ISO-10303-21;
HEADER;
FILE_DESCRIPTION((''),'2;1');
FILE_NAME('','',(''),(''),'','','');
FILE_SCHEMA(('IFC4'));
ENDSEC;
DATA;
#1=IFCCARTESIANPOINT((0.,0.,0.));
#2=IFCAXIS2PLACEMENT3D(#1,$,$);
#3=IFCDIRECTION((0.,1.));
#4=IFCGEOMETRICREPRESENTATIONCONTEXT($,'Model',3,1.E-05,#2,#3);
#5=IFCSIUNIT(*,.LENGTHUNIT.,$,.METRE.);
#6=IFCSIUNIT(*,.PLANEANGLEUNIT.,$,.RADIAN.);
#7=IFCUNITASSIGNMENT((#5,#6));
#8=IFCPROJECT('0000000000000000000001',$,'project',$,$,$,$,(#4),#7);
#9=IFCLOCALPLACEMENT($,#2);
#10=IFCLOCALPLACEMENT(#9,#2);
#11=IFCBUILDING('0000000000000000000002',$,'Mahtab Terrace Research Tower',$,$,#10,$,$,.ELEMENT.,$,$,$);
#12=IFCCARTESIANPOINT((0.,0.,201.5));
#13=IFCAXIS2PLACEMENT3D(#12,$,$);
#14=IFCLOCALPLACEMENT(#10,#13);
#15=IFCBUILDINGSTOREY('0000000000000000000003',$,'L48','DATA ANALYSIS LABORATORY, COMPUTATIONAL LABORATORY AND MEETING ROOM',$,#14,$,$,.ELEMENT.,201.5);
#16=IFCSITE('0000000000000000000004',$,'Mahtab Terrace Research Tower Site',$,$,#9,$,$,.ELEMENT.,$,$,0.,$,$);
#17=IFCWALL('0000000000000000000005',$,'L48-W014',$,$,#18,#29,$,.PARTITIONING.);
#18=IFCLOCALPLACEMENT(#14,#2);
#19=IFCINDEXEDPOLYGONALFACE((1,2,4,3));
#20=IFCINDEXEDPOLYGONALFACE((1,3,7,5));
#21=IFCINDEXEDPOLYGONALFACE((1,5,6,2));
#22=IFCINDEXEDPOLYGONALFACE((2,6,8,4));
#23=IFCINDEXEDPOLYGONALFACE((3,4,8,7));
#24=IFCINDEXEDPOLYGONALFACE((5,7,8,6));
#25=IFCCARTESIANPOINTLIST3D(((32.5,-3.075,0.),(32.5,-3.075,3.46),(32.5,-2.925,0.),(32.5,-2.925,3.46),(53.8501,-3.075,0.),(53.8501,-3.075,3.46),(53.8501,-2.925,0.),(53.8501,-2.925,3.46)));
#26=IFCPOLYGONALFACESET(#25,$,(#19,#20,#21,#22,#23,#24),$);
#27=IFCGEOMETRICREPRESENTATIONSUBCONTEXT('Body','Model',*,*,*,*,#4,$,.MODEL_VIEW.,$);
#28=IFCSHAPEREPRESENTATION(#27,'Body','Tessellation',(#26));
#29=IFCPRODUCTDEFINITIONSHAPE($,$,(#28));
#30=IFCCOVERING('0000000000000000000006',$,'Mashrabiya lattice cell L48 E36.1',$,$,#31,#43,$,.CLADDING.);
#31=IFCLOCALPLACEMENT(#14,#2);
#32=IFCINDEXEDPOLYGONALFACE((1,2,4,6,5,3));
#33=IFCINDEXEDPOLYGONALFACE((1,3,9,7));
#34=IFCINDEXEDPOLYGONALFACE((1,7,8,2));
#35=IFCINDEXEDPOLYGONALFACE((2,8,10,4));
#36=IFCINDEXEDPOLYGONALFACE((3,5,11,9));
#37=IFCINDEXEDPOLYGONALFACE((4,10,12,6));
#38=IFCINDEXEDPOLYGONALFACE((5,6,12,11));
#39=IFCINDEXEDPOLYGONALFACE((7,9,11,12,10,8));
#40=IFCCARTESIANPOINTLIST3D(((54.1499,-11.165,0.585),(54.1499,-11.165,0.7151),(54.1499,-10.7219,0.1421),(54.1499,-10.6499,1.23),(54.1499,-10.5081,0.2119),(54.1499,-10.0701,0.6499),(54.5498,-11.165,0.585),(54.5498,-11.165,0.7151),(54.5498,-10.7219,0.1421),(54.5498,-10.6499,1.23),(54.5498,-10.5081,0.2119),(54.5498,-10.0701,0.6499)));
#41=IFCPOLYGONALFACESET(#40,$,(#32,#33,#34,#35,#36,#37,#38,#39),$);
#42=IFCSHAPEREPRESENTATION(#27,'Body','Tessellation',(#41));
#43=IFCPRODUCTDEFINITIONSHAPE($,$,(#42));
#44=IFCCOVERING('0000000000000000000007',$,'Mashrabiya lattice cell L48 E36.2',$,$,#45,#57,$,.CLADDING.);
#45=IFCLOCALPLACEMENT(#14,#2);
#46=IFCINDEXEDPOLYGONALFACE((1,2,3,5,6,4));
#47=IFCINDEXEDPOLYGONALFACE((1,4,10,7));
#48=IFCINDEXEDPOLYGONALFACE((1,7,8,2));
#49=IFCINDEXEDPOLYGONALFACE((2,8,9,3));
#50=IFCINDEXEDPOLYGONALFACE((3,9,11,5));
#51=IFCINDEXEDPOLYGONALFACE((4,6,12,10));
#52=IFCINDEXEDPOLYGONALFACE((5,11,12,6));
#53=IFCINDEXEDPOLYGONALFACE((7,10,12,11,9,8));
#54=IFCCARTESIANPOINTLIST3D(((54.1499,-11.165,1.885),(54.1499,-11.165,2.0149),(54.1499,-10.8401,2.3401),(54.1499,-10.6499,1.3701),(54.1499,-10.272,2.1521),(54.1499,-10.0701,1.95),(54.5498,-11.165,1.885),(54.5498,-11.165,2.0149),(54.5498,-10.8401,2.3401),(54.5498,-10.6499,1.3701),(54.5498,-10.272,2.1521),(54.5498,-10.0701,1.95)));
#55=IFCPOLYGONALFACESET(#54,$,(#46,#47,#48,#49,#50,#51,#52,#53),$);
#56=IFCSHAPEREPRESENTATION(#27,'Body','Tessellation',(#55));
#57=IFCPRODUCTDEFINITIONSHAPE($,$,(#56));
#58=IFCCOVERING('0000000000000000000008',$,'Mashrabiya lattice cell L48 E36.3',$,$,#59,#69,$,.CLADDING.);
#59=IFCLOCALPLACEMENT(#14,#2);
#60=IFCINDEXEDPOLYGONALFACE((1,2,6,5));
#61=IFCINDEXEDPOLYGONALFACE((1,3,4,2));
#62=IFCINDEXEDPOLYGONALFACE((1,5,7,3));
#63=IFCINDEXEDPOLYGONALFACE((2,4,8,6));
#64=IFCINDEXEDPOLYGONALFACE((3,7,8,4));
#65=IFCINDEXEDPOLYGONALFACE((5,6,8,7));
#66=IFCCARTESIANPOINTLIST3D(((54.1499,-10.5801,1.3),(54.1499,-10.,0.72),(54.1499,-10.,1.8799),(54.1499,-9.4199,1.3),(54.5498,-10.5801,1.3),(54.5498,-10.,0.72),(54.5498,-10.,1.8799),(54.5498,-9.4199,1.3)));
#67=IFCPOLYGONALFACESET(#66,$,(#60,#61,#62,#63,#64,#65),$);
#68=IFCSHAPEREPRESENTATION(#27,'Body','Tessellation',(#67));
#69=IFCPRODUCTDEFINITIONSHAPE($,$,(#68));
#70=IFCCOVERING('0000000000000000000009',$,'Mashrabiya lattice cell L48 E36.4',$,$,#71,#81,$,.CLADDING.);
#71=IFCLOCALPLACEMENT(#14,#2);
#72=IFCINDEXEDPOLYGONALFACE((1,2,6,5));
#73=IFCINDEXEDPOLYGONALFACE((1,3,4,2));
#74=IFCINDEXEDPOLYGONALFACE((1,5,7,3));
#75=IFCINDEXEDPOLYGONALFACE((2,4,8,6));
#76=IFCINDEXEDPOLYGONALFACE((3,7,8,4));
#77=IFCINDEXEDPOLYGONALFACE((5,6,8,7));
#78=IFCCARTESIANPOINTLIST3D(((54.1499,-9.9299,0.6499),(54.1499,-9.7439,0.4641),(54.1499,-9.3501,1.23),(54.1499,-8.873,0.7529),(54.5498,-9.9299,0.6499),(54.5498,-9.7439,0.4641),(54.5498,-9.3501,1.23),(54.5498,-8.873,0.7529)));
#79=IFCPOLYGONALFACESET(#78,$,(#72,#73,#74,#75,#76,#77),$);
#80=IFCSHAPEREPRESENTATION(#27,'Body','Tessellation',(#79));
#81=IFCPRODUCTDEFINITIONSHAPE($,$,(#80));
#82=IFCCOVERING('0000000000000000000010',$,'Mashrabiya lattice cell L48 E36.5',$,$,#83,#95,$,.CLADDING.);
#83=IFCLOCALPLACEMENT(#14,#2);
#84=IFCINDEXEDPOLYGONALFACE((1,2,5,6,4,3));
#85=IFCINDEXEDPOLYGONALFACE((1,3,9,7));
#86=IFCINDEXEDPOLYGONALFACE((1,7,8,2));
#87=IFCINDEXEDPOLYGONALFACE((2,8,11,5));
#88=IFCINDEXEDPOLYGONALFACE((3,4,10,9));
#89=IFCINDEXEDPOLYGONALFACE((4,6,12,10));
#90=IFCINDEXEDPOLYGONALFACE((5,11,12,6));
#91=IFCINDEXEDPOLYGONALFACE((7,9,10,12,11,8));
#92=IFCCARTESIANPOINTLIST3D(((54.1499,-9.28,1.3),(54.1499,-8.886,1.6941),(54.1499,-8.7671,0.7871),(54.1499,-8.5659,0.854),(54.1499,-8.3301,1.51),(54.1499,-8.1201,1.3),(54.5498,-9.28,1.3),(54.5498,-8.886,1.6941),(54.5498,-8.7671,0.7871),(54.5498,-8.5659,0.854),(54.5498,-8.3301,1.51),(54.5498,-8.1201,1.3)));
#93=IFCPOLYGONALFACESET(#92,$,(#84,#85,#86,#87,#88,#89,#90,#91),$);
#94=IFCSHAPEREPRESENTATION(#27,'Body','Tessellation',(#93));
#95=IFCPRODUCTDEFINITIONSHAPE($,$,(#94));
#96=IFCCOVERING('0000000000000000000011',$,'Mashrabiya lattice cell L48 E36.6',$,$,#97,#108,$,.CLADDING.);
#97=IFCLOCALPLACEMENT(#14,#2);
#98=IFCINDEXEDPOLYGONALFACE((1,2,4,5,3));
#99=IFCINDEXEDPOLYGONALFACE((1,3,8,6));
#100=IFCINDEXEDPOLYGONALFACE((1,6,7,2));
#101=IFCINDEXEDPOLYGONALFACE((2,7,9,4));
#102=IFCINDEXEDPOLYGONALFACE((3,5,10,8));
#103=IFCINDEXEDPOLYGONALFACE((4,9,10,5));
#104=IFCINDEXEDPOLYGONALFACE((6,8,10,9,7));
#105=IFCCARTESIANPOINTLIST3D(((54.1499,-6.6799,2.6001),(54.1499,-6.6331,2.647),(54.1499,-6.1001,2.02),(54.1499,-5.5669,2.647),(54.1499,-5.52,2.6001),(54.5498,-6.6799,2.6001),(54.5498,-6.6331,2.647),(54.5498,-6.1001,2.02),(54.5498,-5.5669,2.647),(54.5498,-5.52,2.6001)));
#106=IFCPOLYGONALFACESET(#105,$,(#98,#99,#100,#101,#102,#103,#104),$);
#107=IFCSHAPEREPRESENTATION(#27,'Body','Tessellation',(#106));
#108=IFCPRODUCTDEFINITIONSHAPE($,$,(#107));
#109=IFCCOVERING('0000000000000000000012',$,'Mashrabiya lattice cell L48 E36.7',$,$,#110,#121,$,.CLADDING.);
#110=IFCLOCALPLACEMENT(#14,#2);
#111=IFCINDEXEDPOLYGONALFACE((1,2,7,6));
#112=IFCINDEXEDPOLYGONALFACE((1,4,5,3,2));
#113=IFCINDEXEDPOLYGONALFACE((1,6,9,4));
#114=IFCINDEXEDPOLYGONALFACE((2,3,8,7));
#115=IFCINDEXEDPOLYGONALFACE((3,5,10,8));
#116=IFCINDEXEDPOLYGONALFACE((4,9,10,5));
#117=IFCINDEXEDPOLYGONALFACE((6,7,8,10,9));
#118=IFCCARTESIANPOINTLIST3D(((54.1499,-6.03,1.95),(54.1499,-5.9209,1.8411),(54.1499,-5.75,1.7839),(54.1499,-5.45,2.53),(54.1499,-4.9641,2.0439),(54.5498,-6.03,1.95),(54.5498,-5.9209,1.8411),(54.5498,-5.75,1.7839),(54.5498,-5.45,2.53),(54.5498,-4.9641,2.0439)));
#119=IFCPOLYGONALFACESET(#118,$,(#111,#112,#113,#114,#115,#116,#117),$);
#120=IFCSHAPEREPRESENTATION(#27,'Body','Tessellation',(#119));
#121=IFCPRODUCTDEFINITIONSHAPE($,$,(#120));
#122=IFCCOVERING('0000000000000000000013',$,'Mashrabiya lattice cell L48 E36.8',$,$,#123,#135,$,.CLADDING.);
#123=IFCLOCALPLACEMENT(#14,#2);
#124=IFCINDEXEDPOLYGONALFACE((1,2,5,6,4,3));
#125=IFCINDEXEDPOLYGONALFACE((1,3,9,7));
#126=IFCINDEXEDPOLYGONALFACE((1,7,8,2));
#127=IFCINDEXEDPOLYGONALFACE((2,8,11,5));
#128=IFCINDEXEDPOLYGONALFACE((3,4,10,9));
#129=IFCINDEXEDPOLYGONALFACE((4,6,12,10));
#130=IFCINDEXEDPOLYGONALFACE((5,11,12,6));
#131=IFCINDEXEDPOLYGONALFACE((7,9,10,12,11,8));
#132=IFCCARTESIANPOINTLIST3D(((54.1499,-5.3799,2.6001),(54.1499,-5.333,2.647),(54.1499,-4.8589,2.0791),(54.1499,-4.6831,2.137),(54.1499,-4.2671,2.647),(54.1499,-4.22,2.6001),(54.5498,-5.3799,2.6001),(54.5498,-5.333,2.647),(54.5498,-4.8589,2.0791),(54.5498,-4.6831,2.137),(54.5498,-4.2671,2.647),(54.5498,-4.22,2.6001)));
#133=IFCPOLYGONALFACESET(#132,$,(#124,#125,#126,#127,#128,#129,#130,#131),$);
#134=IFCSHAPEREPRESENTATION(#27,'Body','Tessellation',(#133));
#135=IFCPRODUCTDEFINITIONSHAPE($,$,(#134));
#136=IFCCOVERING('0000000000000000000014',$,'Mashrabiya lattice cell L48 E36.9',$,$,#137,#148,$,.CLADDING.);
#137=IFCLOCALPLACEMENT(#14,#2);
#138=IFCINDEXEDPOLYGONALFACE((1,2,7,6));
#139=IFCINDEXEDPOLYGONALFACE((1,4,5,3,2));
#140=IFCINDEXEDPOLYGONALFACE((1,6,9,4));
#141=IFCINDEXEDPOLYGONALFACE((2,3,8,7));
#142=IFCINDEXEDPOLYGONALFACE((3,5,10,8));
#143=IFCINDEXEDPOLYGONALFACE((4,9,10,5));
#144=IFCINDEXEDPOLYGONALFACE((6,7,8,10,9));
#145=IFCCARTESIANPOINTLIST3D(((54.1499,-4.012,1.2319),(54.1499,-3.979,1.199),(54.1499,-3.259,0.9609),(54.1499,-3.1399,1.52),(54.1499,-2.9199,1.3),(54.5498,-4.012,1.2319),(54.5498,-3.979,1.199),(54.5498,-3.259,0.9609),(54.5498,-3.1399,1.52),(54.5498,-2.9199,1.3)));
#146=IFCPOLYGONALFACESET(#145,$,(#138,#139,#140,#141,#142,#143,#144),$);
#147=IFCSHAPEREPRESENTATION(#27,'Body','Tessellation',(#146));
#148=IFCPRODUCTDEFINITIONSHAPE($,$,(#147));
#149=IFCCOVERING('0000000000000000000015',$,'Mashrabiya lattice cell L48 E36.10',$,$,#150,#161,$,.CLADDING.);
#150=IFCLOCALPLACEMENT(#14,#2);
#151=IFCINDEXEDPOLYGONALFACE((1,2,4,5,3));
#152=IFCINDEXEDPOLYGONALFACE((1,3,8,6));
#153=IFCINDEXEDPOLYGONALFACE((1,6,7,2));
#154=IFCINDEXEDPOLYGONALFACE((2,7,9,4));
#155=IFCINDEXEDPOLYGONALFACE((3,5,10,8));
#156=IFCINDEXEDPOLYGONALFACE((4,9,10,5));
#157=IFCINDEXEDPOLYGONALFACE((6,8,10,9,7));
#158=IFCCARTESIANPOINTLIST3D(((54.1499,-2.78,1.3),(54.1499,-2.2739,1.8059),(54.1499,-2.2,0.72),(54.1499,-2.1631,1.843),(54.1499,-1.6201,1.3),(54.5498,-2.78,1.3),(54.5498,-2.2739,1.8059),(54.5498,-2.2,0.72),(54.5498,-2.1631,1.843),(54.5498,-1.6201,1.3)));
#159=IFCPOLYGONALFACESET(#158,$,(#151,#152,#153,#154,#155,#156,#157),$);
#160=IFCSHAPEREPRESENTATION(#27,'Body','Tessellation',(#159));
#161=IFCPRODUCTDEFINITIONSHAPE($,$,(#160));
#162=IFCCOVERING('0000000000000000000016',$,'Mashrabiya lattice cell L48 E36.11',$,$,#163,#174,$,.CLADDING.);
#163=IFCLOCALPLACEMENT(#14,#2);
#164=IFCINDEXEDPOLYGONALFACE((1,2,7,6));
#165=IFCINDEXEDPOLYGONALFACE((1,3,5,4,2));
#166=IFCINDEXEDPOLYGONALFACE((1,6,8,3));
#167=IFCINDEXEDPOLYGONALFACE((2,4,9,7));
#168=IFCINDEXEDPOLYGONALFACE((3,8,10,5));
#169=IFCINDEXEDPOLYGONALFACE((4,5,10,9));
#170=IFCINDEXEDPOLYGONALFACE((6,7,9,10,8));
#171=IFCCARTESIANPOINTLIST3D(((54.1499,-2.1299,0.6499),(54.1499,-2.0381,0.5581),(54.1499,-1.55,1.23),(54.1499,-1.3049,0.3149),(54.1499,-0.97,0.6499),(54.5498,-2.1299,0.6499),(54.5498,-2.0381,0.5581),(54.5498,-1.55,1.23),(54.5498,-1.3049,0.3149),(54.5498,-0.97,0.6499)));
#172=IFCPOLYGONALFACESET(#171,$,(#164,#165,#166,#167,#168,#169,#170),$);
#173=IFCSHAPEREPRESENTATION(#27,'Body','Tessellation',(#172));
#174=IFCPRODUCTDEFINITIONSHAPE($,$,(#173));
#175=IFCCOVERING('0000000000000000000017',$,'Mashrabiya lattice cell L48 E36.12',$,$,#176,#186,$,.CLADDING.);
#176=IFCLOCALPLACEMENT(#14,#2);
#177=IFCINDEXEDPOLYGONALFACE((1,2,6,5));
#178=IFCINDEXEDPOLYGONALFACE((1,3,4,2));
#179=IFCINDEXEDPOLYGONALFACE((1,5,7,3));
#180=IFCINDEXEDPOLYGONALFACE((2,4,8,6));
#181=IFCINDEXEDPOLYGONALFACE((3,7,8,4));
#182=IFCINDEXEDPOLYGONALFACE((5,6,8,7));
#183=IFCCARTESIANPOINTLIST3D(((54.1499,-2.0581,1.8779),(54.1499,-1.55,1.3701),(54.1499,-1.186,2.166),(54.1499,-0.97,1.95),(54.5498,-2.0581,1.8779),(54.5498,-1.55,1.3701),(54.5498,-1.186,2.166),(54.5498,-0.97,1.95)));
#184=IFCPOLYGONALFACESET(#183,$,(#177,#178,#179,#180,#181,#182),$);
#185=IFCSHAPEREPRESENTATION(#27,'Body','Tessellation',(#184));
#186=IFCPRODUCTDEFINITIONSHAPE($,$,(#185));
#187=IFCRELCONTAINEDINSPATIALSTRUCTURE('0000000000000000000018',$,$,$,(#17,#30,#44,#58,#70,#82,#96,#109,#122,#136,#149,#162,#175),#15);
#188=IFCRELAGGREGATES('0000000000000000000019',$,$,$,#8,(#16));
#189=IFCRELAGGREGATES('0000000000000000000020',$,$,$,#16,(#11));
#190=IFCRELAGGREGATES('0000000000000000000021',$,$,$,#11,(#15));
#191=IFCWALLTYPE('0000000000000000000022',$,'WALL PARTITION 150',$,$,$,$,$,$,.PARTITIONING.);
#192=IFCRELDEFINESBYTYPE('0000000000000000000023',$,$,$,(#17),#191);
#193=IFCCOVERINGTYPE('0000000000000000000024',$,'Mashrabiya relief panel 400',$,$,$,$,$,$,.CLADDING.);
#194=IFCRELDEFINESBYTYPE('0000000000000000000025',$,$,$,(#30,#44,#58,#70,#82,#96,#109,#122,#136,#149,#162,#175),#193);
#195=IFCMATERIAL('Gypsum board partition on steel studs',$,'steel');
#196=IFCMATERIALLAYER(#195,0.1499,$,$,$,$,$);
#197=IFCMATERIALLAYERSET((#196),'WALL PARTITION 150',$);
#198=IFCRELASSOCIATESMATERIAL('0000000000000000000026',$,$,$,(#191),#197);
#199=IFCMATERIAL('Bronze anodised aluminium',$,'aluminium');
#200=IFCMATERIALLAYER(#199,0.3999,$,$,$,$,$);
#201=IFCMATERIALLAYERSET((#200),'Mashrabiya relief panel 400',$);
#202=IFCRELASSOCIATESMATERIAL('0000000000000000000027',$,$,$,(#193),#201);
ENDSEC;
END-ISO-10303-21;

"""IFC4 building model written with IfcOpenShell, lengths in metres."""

from ifc_helpers import new_model, si_unit, direction, frame, frame_2d, origin, place, context, subcontext, project, spatial, polyline, rectangle, outline, extrude, material, layer, layer_set, type_object, element, save


model = new_model("IFC4")

# Units and contexts
model_context = context("Model", 3, precision=1e-05, world=origin(), true_north=direction((0.0, 1.0)))
body_context = subcontext(model_context, "Body", "Model", "MODEL_VIEW")
ifc_project = project(units=[si_unit("LENGTHUNIT", "METRE"), si_unit("PLANEANGLEUNIT", "RADIAN")], contexts=[model_context])

# Site, building, storey
site_placement = place(None, origin())
site = spatial("IfcSite", under=ifc_project, at=site_placement, Name="Mahtab Terrace Research Tower Site", CompositionType="ELEMENT", RefElevation=0.0)
building_placement = place(site_placement, origin())
building = spatial("IfcBuilding", under=site, at=building_placement, Name="Mahtab Terrace Research Tower", CompositionType="ELEMENT")
storey_placement = place(building_placement, frame((0.0, 0.0, 201.5)))
storey = spatial("IfcBuildingStorey", under=building, at=storey_placement, Name="L48", Description="DATA ANALYSIS LABORATORY, COMPUTATIONAL LABORATORY AND MEETING ROOM", CompositionType="ELEMENT", Elevation=201.5)

# Wall
ifc_material_1 = material(Name="Gypsum board partition on steel studs", Category="steel")
ifc_layer_1 = layer(ifc_material_1, 0.1499)
ifc_layer_set_1 = layer_set([ifc_layer_1], Name="WALL PARTITION 150")
wall_type_1 = type_object("IfcWallType", Name="WALL PARTITION 150", PredefinedType="PARTITIONING", material=ifc_layer_set_1)
wall_1_placement = place(storey_placement, frame((32.5, -3.0, 0.0), z_axis=(0.0, 0.0, 1.0), x_axis=(1.0, 0.0, 0.0)))
element("IfcWall", 1, at=wall_1_placement, inside=storey, type_object=wall_type_1, Name="L48-W014", PredefinedType="PARTITIONING", context=body_context, shape_type="SweptSolid", body=[
    extrude(rectangle(XDim=21.3501, YDim=0.1499, at=frame_2d((10.675, 0.0))), origin(), (0.0, 0.0, 1.0), 3.46),
])

# Coverings
ifc_material_2 = material(Name="Bronze anodised aluminium", Category="aluminium")
ifc_layer_2 = layer(ifc_material_2, 0.3999)
ifc_layer_set_2 = layer_set([ifc_layer_2], Name="Mashrabiya relief panel 400")
covering_type = type_object("IfcCoveringType", Name="Mashrabiya relief panel 400", PredefinedType="CLADDING", material=ifc_layer_set_2)
covering_1_placement = place(storey_placement, frame((54.1499, -11.165, 0.585), z_axis=(-1.0, 0.0, 0.0), x_axis=(0.0, 0.0, 1.0)))
element("IfcCovering", 2, at=covering_1_placement, inside=storey, type_object=covering_type, Name="Mashrabiya lattice cell L48 E36.1", PredefinedType="CLADDING", context=body_context, shape_type="SweptSolid", body=[
    extrude(outline(polyline([(0.0, 0.0), (0.1301, 0.0), (0.645, 0.5151), (0.0649, 1.095), (-0.373, 0.657), (-0.4429, 0.4431), (0.0, 0.0)])), origin(), (0.0, 0.0, -1.0), 0.3999),
])
covering_2_placement = place(storey_placement, frame((54.1499, -10.0701, 1.95), z_axis=(-1.0, 0.0, 0.0), x_axis=(0.0, -0.707107, -0.707107)))
element("IfcCovering", 3, at=covering_2_placement, inside=storey, type_object=covering_type, Name="Mashrabiya lattice cell L48 E36.2", PredefinedType="CLADDING", context=body_context, shape_type="SweptSolid", body=[
    extrude(outline(polyline([(0.0, 0.0), (0.82, 0.0), (0.8202, 0.7283), (0.7283, 0.8202), (0.2686, 0.8204), (-0.0002, 0.2857), (0.0, 0.0)])), origin(), (0.0, 0.0, -1.0), 0.3999),
])
covering_3_placement = place(storey_placement, frame((54.1499, -10.0, 1.8799), z_axis=(-1.0, 0.0, 0.0), x_axis=(0.0, 0.707256, -0.706958)))
element("IfcCovering", 4, at=covering_3_placement, inside=storey, type_object=covering_type, Name="Mashrabiya lattice cell L48 E36.3", PredefinedType="CLADDING", context=body_context, shape_type="SweptSolid", body=[
    extrude(outline(polyline([(0.0, 0.0), (0.8202, 0.0), (0.82, 0.8204), (-0.0003, 0.8202), (0.0, 0.0)])), origin(), (0.0, 0.0, -1.0), 0.3999),
])
covering_4_placement = place(storey_placement, frame((54.1499, -9.9299, 0.6499), z_axis=(-1.0, 0.0, 0.0), x_axis=(0.0, 0.706958, 0.707256)))
element("IfcCovering", 5, at=covering_4_placement, inside=storey, type_object=covering_type, Name="Mashrabiya lattice cell L48 E36.4", PredefinedType="CLADDING", context=body_context, shape_type="SweptSolid", body=[
    extrude(outline(polyline([(0.0, 0.0), (0.8202, 0.0), (0.82, 0.6747), (0.0001, 0.2629), (0.0, 0.0)])), origin(), (0.0, 0.0, -1.0), 0.3999),
])
covering_5_placement = place(storey_placement, frame((54.1499, -9.28, 1.3), z_axis=(-1.0, 0.0, 0.0), x_axis=(0.0, 0.707107, 0.707107)))
element("IfcCovering", 6, at=covering_5_placement, inside=storey, type_object=covering_type, Name="Mashrabiya lattice cell L48 E36.5", PredefinedType="CLADDING", context=body_context, shape_type="SweptSolid", body=[
    extrude(outline(polyline([(0.0, 0.0), (0.5573, 0.0), (0.8202, 0.5233), (0.8202, 0.8202), (0.1896, 0.8204), (0.0, 0.7254), (0.0, 0.0)])), origin(), (0.0, 0.0, -1.0), 0.3999),
])
covering_6_placement = place(storey_placement, frame((54.1499, -5.52, 2.6001), z_axis=(-1.0, 0.0, 0.0), x_axis=(0.0, -0.707107, -0.707107)))
element("IfcCovering", 7, at=covering_6_placement, inside=storey, type_object=covering_type, Name="Mashrabiya lattice cell L48 E36.6", PredefinedType="CLADDING", context=body_context, shape_type="SweptSolid", body=[
    extrude(outline(polyline([(0.0, 0.0), (0.8204, 0.0), (0.8202, 0.8202), (0.7539, 0.8202), (0.0, 0.0663), (0.0, 0.0)])), origin(), (0.0, 0.0, -1.0), 0.3999),
])
covering_7_placement = place(storey_placement, frame((54.1499, -6.03, 1.95), z_axis=(-1.0, 0.0, 0.0), x_axis=(0.0, 0.707107, 0.707107)))
element("IfcCovering", 8, at=covering_7_placement, inside=storey, type_object=covering_type, Name="Mashrabiya lattice cell L48 E36.7", PredefinedType="CLADDING", context=body_context, shape_type="SweptSolid", body=[
    extrude(outline(polyline([(0.0, 0.0), (0.8204, 0.0), (0.8202, 0.6873), (0.0806, 0.3154), (0.0002, 0.1542), (0.0, 0.0)])), origin(), (0.0, 0.0, -1.0), 0.3999),
])
covering_8_placement = place(storey_placement, frame((54.1499, -5.3799, 2.6001), z_axis=(-1.0, 0.0, 0.0), x_axis=(0.0, 0.707107, 0.707107)))
element("IfcCovering", 9, at=covering_8_placement, inside=storey, type_object=covering_type, Name="Mashrabiya lattice cell L48 E36.8", PredefinedType="CLADDING", context=body_context, shape_type="SweptSolid", body=[
    extrude(outline(polyline([(0.0, 0.0), (0.0663, 0.0), (0.82, 0.7537), (0.8202, 0.8202), (0.1652, 0.8202), (0.0, 0.7368), (0.0, 0.0)])), origin(), (0.0, 0.0, -1.0), 0.3999),
])
covering_9_placement = place(storey_placement, frame((54.1499, -4.012, 1.2319), z_axis=(-1.0, 0.0, 0.0), x_axis=(0.0, 0.949531, 0.313675)))
element("IfcCovering", 10, at=covering_9_placement, inside=storey, type_object=covering_type, Name="Mashrabiya lattice cell L48 E36.9", PredefinedType="CLADDING", context=body_context, shape_type="SweptSolid", body=[
    extrude(outline(polyline([(0.0, 0.0), (0.9184, 0.0), (1.0583, 0.2779), (0.6299, 0.4935), (0.021, 0.0416), (0.0, 0.0)])), origin(), (0.0, 0.0, -1.0), 0.3999),
])
covering_10_placement = place(storey_placement, frame((54.1499, -1.6201, 1.3), z_axis=(-1.0, 0.0, 0.0), x_axis=(0.0, -0.706958, -0.707256)))
element("IfcCovering", 11, at=covering_10_placement, inside=storey, type_object=covering_type, Name="Mashrabiya lattice cell L48 E36.10", PredefinedType="CLADDING", context=body_context, shape_type="SweptSolid", body=[
    extrude(outline(polyline([(0.0, 0.0), (0.8202, 0.0), (0.82, 0.8204), (0.1044, 0.82), (-0.0002, 0.7679), (0.0, 0.0)])), origin(), (0.0, 0.0, -1.0), 0.3999),
])
covering_11_placement = place(storey_placement, frame((54.1499, -2.1299, 0.6499), z_axis=(-1.0, 0.0, 0.0), x_axis=(0.0, 0.706958, 0.707256)))
element("IfcCovering", 12, at=covering_11_placement, inside=storey, type_object=covering_type, Name="Mashrabiya lattice cell L48 E36.11", PredefinedType="CLADDING", context=body_context, shape_type="SweptSolid", body=[
    extrude(outline(polyline([(0.0, 0.0), (0.8202, 0.0), (0.82, 0.8204), (0.3463, 0.8203), (0.0, 0.1298), (0.0, 0.0)])), origin(), (0.0, 0.0, -1.0), 0.3999),
])
covering_12_placement = place(storey_placement, frame((54.1499, -0.97, 1.95), z_axis=(-1.0, 0.0, 0.0), x_axis=(0.0, -0.707256, -0.706958)))
element("IfcCovering", 13, at=covering_12_placement, inside=storey, type_object=covering_type, Name="Mashrabiya lattice cell L48 E36.12", PredefinedType="CLADDING", context=body_context, shape_type="SweptSolid", body=[
    extrude(outline(polyline([(0.0, 0.0), (0.8202, 0.0), (0.8205, 0.7183), (0.0001, 0.3056), (0.0, 0.0)])), origin(), (0.0, 0.0, -1.0), 0.3999),
])

save(model, "model.ifc")
